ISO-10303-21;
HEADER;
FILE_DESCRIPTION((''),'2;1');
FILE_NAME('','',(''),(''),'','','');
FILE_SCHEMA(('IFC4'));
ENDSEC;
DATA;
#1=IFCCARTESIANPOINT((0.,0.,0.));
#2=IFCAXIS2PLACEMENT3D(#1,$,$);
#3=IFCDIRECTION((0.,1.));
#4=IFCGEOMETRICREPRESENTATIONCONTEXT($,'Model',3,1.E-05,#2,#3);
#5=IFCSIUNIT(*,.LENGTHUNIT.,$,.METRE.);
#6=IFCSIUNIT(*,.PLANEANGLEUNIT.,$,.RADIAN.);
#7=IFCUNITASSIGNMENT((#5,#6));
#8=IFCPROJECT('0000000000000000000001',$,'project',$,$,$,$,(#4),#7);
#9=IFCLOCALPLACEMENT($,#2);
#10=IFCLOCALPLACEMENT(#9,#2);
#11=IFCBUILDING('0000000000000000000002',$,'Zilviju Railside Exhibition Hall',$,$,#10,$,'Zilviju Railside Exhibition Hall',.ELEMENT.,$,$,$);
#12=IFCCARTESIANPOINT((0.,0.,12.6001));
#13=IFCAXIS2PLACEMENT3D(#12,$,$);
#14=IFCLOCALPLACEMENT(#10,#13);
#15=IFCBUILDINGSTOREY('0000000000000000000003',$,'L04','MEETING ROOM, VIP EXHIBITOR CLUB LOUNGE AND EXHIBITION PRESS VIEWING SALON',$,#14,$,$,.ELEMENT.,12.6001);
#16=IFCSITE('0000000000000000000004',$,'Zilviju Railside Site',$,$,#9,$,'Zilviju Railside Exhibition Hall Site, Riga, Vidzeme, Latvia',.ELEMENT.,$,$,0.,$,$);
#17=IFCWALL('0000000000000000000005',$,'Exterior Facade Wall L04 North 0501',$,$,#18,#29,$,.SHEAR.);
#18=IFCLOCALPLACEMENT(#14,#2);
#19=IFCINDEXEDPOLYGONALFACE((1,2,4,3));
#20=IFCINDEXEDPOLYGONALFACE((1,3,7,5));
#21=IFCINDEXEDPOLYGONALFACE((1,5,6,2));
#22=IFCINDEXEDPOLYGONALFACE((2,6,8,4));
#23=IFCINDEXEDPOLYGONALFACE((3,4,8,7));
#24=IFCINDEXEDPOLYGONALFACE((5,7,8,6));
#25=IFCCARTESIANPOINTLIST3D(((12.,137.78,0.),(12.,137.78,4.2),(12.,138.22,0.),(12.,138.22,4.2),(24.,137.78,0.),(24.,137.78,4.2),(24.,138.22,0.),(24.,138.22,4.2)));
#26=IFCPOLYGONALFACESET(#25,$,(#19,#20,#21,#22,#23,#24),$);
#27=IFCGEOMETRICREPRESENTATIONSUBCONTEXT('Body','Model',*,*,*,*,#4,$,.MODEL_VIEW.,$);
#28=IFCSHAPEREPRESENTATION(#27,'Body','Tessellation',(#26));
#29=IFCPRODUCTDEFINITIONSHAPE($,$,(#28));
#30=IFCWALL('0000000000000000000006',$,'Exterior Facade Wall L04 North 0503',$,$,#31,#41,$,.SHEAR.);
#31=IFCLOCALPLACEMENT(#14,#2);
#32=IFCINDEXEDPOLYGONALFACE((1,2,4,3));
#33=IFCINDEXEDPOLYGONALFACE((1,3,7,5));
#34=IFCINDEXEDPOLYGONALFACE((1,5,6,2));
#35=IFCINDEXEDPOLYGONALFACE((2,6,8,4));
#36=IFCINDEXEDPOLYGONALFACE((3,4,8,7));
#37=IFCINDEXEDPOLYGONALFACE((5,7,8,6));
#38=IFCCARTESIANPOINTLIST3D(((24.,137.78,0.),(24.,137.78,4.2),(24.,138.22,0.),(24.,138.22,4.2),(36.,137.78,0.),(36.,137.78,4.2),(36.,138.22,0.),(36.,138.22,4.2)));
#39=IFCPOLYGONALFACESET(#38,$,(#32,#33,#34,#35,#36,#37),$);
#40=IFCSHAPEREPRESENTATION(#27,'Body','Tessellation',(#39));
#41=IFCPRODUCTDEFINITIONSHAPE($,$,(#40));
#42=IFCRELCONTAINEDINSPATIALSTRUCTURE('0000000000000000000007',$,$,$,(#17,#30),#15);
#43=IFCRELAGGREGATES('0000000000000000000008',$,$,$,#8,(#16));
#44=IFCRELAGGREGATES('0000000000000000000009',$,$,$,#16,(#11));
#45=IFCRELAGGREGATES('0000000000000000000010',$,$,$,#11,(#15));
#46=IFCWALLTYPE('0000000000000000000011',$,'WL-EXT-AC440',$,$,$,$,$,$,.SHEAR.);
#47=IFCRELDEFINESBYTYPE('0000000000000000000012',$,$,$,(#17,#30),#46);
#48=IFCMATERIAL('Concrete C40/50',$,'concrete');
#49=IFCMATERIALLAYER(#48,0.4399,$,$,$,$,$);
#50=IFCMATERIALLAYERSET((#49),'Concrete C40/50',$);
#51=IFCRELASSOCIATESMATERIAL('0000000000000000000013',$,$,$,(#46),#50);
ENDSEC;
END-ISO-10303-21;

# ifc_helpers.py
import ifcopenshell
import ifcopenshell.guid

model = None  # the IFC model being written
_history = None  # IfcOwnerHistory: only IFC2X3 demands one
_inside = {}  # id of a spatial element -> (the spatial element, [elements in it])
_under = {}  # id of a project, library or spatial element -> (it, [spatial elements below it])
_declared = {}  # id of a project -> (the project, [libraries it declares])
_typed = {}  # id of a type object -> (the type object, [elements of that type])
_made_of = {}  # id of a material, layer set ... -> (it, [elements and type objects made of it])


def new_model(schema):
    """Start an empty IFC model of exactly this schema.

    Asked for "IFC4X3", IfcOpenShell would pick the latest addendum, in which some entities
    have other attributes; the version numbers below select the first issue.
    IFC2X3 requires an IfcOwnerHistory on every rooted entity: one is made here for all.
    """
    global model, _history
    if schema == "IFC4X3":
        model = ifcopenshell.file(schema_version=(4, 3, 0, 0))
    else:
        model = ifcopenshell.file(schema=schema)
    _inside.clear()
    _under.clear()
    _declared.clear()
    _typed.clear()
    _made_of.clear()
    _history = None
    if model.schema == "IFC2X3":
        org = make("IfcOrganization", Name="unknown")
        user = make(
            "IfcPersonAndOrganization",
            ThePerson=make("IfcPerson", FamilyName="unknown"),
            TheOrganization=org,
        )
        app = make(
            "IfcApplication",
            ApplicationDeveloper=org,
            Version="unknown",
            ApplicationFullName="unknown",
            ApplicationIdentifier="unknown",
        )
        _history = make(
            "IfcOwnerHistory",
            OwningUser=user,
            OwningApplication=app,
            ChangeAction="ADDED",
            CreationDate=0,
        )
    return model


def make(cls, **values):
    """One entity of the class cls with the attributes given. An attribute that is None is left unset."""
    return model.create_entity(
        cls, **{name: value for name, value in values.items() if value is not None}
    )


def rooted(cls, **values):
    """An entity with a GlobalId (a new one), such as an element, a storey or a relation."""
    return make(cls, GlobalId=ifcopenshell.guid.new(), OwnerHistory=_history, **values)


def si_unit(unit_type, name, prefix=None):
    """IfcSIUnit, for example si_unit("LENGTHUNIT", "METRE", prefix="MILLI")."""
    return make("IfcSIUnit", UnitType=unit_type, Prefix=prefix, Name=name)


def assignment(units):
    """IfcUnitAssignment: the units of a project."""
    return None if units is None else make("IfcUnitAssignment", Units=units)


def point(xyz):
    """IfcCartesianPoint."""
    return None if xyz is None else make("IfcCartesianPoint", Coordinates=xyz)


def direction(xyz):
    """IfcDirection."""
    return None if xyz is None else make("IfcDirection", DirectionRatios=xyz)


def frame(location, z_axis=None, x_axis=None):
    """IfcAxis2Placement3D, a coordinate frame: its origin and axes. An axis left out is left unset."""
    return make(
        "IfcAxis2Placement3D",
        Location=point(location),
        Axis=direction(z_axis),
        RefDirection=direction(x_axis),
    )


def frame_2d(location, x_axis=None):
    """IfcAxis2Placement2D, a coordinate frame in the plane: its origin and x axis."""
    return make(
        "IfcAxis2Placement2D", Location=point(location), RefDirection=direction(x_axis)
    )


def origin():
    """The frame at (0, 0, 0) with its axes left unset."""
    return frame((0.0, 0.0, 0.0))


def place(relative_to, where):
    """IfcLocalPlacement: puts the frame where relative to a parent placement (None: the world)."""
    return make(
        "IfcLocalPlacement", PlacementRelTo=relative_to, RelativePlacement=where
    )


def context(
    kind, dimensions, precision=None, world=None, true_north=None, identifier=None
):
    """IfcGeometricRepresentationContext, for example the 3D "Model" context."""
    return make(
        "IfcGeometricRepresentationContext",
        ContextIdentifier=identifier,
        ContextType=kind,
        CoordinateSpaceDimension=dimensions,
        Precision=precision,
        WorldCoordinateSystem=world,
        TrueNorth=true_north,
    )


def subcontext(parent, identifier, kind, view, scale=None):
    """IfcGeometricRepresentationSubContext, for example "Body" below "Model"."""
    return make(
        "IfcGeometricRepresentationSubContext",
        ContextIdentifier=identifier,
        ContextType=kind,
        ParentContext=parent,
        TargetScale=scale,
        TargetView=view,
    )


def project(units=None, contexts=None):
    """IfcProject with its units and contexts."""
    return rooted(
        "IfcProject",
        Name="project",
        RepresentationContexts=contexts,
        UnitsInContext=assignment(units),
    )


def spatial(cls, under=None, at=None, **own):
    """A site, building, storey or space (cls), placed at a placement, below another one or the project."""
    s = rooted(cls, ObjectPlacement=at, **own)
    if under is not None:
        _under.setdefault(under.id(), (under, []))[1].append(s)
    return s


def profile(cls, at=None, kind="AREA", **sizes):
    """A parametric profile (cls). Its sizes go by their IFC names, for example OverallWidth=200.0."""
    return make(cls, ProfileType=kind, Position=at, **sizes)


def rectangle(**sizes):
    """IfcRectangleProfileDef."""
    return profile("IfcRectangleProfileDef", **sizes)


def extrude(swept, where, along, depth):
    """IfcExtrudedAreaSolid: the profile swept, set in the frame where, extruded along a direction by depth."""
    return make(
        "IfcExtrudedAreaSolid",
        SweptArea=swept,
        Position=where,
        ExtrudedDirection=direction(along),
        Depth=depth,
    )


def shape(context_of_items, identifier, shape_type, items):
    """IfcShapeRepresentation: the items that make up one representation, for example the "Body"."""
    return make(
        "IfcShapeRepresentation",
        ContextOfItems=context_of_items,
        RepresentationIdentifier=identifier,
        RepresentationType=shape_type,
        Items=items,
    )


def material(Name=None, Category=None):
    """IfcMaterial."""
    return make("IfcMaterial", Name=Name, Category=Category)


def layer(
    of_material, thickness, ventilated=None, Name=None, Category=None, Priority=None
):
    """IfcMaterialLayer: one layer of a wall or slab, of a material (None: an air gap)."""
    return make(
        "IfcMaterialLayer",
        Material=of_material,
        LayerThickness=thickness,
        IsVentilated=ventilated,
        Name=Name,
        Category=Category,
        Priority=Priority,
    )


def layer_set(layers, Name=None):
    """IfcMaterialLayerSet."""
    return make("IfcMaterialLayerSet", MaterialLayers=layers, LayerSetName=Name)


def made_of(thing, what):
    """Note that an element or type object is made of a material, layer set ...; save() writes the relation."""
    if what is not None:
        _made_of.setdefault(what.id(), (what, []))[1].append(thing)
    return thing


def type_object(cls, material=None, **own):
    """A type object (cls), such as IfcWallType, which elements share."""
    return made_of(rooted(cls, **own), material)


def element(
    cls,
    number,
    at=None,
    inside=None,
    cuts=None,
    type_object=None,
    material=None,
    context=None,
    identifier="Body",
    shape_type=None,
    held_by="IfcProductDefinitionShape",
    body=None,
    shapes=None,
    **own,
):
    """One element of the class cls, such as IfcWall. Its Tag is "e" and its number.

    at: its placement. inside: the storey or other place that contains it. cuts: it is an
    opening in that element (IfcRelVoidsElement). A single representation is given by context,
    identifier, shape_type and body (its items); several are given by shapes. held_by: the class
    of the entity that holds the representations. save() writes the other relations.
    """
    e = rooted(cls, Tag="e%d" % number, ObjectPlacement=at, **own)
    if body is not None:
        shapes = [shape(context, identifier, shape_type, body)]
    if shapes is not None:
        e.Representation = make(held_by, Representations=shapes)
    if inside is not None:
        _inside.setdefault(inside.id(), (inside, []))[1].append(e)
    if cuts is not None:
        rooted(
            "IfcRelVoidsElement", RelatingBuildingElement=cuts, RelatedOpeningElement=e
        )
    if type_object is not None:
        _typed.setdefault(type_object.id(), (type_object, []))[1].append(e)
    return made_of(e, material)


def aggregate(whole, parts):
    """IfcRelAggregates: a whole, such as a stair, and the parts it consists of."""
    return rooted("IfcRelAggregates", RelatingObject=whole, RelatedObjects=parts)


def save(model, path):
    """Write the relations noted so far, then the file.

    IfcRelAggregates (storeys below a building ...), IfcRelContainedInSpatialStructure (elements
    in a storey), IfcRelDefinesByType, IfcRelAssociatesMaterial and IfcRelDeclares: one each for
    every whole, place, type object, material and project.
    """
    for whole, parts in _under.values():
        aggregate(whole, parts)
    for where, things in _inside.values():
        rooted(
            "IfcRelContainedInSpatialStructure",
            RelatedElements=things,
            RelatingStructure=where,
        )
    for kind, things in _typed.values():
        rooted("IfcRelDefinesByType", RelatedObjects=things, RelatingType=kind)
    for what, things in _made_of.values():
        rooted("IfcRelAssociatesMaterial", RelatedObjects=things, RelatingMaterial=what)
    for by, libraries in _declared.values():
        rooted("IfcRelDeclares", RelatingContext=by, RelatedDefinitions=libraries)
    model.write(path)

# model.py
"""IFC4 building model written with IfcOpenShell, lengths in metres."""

from ifc_helpers import new_model, si_unit, direction, frame, frame_2d, origin, place, context, subcontext, project, spatial, rectangle, extrude, material, layer, layer_set, type_object, element, save


model = new_model("IFC4")

# Units and contexts
model_context = context("Model", 3, precision=1e-05, world=origin(), true_north=direction((0.0, 1.0)))
body_context = subcontext(model_context, "Body", "Model", "MODEL_VIEW")
ifc_project = project(units=[si_unit("LENGTHUNIT", "METRE"), si_unit("PLANEANGLEUNIT", "RADIAN")], contexts=[model_context])

# Site, building, storey
site_placement = place(None, origin())
site = spatial("IfcSite", under=ifc_project, at=site_placement, Name="Zilviju Railside Site", LongName="Zilviju Railside Exhibition Hall Site, Riga, Vidzeme, Latvia", CompositionType="ELEMENT", RefElevation=0.0)
building_placement = place(site_placement, origin())
building = spatial("IfcBuilding", under=site, at=building_placement, Name="Zilviju Railside Exhibition Hall", LongName="Zilviju Railside Exhibition Hall", CompositionType="ELEMENT")
storey_placement = place(building_placement, frame((0.0, 0.0, 12.6001)))
storey = spatial("IfcBuildingStorey", under=building, at=storey_placement, Name="L04", Description="MEETING ROOM, VIP EXHIBITOR CLUB LOUNGE AND EXHIBITION PRESS VIEWING SALON", CompositionType="ELEMENT", Elevation=12.6001)

# Walls
ifc_material_1 = material(Name="Concrete C40/50", Category="concrete")
ifc_layer_1 = layer(ifc_material_1, 0.4399)
ifc_layer_set_1 = layer_set([ifc_layer_1], Name="Concrete C40/50")
wall_type_1 = type_object("IfcWallType", Name="WL-EXT-AC440", PredefinedType="SHEAR", material=ifc_layer_set_1)
for number, where, z_axis, x_axis, name in (
    (1, (12.0, 138.0, 0.0), (0.0, 0.0, 1.0), (1.0, 0.0, 0.0), "Exterior Facade Wall L04 North 0501"),
    (2, (24.0, 138.0, 0.0), (0.0, 0.0, 1.0), (1.0, 0.0, 0.0), "Exterior Facade Wall L04 North 0503"),
):
    element("IfcWall", number, at=place(storey_placement, frame(where, z_axis=z_axis, x_axis=x_axis)), inside=storey, type_object=wall_type_1, Name=name, PredefinedType="SHEAR", context=body_context, shape_type="SweptSolid", body=[
        extrude(rectangle(XDim=12.0, YDim=0.4399, at=frame_2d((6.0, 0.0))), origin(), (0.0, 0.0, 1.0), 4.2),
    ])

save(model, "model.ifc")
